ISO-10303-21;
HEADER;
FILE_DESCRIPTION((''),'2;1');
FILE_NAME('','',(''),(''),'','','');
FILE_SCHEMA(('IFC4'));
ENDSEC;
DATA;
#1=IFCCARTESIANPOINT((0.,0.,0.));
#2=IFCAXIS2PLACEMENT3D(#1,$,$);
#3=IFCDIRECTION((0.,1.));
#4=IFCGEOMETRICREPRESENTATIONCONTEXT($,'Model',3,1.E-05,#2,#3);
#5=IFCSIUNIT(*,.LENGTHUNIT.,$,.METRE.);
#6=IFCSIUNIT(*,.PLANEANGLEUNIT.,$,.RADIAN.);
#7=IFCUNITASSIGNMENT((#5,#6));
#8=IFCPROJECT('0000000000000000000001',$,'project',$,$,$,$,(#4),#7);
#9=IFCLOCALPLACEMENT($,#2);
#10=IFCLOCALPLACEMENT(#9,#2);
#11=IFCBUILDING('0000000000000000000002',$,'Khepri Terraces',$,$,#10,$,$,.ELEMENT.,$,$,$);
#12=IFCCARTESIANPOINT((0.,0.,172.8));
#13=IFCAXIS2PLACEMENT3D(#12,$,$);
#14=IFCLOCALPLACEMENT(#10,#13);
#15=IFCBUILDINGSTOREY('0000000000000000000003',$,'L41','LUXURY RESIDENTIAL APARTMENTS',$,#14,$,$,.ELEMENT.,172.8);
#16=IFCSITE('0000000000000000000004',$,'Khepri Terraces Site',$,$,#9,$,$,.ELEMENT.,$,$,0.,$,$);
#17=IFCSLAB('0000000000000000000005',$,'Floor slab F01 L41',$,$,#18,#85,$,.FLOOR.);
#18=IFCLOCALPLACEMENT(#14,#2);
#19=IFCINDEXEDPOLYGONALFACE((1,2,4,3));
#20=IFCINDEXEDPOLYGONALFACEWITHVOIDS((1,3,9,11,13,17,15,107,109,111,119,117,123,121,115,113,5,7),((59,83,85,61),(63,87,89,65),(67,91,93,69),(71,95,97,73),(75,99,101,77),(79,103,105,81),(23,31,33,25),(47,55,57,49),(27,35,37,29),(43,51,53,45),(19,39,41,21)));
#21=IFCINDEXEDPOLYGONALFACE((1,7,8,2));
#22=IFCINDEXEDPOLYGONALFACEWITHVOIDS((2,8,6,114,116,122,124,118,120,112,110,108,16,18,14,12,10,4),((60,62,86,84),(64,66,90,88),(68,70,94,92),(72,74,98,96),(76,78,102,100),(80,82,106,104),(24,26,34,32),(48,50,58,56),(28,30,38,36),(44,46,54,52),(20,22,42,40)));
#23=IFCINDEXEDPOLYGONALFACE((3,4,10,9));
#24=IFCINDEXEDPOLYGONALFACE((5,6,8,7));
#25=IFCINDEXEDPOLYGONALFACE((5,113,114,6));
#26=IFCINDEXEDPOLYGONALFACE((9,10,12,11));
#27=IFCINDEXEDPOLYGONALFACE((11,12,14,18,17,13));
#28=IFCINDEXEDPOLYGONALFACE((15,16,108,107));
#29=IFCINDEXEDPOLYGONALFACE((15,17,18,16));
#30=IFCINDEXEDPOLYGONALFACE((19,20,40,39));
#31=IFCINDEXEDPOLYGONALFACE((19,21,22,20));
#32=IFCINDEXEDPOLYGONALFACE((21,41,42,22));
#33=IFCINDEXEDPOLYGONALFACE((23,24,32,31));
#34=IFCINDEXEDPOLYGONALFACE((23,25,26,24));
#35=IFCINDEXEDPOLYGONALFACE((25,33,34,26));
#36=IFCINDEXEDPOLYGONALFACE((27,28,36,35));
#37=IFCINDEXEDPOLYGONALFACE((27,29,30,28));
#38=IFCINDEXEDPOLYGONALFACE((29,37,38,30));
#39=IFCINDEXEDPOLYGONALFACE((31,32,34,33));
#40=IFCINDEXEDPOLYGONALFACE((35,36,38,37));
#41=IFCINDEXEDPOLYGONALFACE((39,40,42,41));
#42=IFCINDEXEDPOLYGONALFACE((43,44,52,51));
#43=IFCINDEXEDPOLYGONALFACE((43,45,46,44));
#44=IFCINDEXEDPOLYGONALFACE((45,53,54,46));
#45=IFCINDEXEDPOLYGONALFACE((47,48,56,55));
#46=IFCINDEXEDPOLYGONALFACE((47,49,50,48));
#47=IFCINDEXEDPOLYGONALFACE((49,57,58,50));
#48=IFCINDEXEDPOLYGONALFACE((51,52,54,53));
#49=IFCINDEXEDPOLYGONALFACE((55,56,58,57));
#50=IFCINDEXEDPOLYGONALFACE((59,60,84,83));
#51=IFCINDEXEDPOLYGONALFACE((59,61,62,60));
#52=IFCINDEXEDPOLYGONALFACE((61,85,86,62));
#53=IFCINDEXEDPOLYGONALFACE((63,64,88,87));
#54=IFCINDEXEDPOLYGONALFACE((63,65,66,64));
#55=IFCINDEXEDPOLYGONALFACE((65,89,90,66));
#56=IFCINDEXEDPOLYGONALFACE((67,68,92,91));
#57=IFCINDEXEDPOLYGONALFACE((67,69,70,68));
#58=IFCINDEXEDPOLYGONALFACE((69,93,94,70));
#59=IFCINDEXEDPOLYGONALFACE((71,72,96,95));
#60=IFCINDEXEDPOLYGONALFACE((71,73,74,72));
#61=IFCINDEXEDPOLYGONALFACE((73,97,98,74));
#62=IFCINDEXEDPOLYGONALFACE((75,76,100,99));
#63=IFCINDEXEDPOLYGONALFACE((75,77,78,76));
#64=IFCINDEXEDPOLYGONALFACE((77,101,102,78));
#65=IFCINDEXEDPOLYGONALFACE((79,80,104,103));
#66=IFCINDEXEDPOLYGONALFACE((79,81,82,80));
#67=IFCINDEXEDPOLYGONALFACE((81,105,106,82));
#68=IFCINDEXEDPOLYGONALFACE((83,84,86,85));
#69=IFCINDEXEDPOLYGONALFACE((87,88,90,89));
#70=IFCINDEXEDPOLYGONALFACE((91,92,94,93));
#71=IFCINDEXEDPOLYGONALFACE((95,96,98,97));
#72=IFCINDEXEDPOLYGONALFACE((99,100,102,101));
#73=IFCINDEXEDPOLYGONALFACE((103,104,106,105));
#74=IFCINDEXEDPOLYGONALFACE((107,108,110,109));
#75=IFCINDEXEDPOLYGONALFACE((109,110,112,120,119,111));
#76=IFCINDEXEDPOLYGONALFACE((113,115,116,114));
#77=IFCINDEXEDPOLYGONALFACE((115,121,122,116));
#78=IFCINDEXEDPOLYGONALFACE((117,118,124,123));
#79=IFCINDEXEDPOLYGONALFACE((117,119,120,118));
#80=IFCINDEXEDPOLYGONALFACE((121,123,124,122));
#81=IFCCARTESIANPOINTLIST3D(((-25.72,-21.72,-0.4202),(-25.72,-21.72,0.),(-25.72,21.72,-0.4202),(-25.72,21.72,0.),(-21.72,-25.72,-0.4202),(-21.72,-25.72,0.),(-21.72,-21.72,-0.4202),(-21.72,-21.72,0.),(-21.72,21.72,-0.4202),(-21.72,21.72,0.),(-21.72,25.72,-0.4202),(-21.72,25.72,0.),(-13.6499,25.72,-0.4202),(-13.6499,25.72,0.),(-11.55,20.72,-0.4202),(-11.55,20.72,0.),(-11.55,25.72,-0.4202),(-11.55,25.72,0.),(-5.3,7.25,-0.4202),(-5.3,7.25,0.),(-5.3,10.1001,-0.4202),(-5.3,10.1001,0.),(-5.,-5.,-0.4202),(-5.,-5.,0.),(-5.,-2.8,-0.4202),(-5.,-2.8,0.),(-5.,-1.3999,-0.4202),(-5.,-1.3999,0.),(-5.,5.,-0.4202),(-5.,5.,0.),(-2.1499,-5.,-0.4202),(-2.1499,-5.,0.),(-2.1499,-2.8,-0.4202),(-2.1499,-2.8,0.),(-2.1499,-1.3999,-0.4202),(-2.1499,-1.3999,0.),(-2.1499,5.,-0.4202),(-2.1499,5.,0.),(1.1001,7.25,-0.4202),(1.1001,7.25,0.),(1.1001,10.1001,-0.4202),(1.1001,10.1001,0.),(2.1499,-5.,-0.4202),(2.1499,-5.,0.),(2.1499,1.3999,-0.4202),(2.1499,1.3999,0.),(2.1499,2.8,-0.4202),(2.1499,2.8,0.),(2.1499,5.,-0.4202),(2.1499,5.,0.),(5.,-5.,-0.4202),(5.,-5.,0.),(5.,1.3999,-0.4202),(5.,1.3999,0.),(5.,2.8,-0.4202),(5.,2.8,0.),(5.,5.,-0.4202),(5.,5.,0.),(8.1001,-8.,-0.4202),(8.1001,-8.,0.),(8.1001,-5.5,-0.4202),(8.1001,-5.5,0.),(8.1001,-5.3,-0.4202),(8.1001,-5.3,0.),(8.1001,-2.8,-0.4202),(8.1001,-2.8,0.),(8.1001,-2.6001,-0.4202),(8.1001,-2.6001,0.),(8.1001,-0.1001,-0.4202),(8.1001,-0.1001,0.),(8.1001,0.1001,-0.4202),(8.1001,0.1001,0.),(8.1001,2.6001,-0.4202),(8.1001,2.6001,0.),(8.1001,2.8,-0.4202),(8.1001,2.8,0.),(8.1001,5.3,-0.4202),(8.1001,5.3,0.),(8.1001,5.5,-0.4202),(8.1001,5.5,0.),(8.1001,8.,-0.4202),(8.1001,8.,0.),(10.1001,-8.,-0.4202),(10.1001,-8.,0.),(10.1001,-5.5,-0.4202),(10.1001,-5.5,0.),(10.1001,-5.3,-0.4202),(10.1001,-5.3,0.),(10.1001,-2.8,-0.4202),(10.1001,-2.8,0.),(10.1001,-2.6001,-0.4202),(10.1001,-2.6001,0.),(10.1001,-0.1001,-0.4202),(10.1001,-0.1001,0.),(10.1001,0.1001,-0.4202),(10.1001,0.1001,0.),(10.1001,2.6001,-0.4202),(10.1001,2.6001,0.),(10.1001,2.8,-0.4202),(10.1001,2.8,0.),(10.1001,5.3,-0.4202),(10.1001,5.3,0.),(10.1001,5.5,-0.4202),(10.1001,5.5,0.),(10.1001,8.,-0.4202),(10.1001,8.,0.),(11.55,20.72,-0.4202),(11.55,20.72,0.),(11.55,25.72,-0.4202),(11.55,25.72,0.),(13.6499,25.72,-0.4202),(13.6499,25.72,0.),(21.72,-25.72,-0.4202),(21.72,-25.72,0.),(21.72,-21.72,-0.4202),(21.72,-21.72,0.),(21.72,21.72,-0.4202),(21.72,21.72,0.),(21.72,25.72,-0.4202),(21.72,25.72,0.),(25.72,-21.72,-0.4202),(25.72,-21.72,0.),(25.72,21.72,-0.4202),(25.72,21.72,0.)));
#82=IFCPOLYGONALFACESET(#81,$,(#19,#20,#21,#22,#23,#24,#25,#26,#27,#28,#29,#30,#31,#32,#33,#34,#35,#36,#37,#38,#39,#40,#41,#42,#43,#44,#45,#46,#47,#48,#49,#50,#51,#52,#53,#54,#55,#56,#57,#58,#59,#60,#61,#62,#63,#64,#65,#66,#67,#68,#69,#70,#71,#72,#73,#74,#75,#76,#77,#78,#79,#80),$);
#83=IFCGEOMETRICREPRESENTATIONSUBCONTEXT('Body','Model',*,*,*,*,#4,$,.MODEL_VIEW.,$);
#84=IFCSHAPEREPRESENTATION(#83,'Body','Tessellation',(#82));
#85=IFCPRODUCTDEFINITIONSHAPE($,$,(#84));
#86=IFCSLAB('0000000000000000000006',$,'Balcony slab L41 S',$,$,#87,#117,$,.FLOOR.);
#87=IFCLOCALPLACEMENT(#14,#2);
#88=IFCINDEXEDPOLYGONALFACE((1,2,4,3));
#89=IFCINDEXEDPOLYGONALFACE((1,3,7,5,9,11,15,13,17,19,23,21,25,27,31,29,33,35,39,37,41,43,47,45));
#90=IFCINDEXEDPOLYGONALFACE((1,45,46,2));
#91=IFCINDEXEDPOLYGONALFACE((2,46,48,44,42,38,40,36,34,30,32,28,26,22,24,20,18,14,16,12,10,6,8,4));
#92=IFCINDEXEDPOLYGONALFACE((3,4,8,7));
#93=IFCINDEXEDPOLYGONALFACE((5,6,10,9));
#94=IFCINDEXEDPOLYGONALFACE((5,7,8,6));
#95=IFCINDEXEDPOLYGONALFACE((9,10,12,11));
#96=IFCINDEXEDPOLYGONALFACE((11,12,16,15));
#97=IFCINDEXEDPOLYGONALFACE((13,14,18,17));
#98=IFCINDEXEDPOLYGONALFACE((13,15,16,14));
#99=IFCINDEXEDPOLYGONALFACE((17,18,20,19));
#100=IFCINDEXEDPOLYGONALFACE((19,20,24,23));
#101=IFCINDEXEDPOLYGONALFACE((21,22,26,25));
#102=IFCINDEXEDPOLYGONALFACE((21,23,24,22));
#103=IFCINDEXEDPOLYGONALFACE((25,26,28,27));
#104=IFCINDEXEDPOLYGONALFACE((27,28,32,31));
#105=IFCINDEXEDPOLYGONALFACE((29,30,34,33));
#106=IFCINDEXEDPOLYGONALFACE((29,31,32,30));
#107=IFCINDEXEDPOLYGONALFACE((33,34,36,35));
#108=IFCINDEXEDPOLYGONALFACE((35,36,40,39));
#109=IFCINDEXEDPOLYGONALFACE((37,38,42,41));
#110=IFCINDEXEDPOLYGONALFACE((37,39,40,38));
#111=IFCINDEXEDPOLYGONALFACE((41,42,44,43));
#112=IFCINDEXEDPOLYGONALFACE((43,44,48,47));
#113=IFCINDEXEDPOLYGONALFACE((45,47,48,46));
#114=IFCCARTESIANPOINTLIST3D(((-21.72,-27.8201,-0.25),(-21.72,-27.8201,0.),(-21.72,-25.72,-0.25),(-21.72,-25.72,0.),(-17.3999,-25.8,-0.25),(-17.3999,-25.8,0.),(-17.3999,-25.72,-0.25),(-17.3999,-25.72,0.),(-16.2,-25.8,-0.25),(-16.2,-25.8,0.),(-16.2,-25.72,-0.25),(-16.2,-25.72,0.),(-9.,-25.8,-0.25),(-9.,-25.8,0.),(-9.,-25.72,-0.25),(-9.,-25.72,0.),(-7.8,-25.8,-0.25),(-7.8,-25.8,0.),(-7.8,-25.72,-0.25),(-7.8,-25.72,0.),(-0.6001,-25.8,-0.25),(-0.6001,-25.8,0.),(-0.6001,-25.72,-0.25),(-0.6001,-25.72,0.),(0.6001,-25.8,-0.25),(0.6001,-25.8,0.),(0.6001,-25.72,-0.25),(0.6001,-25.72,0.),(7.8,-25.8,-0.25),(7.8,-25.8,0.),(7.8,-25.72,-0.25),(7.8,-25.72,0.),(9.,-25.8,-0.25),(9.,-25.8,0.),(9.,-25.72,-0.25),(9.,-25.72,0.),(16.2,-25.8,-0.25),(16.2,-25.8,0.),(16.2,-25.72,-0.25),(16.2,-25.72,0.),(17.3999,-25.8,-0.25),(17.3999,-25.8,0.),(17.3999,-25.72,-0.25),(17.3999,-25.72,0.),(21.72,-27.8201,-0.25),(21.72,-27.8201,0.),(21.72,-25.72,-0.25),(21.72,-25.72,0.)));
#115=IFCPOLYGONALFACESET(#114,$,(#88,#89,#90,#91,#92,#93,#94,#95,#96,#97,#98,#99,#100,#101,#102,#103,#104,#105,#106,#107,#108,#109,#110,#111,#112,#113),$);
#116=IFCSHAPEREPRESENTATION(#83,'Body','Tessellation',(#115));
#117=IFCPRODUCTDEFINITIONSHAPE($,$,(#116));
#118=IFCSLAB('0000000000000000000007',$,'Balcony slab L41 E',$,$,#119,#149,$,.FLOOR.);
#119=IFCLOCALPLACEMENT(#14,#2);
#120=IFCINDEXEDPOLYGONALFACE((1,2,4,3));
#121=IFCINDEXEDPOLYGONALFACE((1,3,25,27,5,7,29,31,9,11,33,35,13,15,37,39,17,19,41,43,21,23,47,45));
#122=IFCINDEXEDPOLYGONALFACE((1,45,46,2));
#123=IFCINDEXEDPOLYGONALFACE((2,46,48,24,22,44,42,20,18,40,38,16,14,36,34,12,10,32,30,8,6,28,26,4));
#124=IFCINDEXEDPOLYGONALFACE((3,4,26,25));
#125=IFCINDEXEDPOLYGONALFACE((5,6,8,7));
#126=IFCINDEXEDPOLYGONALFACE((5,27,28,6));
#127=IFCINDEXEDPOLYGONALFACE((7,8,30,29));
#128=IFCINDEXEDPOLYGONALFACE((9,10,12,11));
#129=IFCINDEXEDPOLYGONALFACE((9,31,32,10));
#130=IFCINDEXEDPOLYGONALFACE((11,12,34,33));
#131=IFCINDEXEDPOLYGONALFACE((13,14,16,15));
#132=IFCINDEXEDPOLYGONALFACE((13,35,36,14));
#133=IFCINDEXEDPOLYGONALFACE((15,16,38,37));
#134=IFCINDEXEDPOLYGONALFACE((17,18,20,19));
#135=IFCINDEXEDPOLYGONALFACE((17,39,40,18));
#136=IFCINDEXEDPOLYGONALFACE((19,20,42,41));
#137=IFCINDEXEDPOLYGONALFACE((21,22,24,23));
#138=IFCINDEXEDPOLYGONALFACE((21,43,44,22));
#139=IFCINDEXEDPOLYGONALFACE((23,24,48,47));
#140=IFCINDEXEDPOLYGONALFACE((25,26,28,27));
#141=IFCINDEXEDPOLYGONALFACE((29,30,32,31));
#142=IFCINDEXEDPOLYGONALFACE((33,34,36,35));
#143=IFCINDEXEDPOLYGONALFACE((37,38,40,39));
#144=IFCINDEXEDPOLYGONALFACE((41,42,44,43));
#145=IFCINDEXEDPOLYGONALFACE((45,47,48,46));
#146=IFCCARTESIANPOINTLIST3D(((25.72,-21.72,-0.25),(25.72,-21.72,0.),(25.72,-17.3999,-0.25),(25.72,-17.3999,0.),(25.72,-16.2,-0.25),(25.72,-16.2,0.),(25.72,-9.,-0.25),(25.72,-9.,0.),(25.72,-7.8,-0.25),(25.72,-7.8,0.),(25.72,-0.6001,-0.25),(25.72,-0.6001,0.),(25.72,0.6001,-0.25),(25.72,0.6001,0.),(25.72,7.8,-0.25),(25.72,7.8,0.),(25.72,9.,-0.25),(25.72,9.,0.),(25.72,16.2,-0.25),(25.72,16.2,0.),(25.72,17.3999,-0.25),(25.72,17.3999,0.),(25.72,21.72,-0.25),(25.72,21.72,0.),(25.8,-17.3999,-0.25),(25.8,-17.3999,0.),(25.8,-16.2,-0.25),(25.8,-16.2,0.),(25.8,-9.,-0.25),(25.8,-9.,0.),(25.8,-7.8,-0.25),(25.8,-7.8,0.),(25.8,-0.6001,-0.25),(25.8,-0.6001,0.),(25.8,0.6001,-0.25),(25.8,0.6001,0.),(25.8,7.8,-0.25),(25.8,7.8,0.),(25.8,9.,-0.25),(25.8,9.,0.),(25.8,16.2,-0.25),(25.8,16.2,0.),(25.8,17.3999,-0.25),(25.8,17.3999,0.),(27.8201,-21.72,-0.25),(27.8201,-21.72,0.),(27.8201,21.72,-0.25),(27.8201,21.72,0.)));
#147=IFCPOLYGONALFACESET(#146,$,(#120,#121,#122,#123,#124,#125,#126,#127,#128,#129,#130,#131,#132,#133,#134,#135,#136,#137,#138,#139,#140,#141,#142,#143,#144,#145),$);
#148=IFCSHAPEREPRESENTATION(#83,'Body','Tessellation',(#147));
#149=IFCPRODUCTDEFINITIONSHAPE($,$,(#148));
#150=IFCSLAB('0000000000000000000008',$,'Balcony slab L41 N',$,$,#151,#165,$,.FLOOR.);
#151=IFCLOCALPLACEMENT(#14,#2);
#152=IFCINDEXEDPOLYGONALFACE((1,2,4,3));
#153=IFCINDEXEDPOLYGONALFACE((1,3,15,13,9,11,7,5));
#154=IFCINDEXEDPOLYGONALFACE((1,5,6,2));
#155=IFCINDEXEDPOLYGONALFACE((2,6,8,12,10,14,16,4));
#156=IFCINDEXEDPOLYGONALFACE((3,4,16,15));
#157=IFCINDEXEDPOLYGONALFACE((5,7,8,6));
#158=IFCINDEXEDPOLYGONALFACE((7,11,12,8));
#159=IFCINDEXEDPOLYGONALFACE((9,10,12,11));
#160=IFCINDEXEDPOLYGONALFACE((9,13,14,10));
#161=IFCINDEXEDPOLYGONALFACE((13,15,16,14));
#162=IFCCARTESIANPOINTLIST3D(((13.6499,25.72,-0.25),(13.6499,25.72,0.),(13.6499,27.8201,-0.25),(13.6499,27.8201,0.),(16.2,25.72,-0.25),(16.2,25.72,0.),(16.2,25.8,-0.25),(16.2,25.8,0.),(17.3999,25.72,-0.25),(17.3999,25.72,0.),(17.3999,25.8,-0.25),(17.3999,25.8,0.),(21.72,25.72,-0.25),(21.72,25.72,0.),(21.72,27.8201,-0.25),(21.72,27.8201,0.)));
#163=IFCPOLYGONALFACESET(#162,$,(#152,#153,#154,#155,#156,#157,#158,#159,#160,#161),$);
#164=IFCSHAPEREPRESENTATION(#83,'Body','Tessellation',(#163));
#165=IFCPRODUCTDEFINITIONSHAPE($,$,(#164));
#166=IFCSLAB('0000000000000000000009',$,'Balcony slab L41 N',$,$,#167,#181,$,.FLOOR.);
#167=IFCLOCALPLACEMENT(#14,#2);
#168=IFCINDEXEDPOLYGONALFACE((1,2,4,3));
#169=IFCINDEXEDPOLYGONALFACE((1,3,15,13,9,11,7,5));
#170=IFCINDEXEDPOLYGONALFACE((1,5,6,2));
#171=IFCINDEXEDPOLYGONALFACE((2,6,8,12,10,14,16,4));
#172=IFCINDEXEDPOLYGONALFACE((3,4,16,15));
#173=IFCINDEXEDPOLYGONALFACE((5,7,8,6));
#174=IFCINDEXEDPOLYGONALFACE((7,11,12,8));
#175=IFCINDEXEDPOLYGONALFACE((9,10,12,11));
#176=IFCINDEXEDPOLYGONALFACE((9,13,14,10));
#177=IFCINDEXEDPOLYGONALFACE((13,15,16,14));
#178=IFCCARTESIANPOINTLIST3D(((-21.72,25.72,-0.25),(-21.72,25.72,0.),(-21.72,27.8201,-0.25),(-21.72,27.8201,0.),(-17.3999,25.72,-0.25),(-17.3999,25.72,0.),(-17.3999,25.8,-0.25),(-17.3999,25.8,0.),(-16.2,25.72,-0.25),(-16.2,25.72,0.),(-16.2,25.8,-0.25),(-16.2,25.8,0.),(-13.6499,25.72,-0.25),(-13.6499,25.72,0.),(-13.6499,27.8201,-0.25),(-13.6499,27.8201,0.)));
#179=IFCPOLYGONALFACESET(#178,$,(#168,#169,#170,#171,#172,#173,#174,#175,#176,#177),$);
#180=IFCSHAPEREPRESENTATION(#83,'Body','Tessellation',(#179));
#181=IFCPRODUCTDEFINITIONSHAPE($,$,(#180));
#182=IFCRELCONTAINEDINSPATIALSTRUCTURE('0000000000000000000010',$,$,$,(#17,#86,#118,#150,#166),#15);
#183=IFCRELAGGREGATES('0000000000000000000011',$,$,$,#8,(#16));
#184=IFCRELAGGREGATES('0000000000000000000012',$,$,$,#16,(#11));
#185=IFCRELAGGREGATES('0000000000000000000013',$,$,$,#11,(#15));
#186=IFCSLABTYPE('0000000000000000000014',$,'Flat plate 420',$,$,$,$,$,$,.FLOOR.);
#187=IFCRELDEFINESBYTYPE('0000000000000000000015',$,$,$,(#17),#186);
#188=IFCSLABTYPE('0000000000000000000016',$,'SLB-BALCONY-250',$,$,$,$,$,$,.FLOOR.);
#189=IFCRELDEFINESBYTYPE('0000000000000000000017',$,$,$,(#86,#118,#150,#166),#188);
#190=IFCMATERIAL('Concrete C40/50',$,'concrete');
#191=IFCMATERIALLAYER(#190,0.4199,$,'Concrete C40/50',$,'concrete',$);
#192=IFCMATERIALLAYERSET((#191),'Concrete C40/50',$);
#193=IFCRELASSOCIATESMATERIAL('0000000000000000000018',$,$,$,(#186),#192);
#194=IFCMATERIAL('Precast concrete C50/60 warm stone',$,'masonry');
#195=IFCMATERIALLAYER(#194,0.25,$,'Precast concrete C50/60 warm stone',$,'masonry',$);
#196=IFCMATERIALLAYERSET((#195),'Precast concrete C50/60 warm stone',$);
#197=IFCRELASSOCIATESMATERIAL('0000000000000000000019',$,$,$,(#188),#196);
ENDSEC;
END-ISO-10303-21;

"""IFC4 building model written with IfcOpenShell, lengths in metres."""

from ifc_helpers import new_model, si_unit, direction, frame, origin, place, context, subcontext, project, spatial, polyline, outline, extrude, material, layer, layer_set, type_object, element, save


model = new_model("IFC4")

# Units and contexts
model_context = context("Model", 3, precision=1e-05, world=origin(), true_north=direction((0.0, 1.0)))
body_context = subcontext(model_context, "Body", "Model", "MODEL_VIEW")
ifc_project = project(units=[si_unit("LENGTHUNIT", "METRE"), si_unit("PLANEANGLEUNIT", "RADIAN")], contexts=[model_context])

# Site, building, storey
site_placement = place(None, origin())
site = spatial("IfcSite", under=ifc_project, at=site_placement, Name="Khepri Terraces Site", CompositionType="ELEMENT", RefElevation=0.0)
building_placement = place(site_placement, origin())
building = spatial("IfcBuilding", under=site, at=building_placement, Name="Khepri Terraces", CompositionType="ELEMENT")
storey_placement = place(building_placement, frame((0.0, 0.0, 172.8)))
storey = spatial("IfcBuildingStorey", under=building, at=storey_placement, Name="L41", Description="LUXURY RESIDENTIAL APARTMENTS", CompositionType="ELEMENT", Elevation=172.8)

# Slabs
ifc_material_1 = material(Name="Concrete C40/50", Category="concrete")
ifc_layer_1 = layer(ifc_material_1, 0.4199, Name="Concrete C40/50", Category="concrete")
ifc_layer_set_1 = layer_set([ifc_layer_1], Name="Concrete C40/50")
slab_type_1 = type_object("IfcSlabType", Name="Flat plate 420", PredefinedType="FLOOR", material=ifc_layer_set_1)
slab_1_placement = place(storey_placement, frame((0.0, 0.0, -0.4202)))
element("IfcSlab", 1, at=slab_1_placement, inside=storey, type_object=slab_type_1, Name="Floor slab F01 L41", PredefinedType="FLOOR", context=body_context, shape_type="SweptSolid", body=[
    extrude(outline(polyline([(11.55, 25.72), (13.6499, 25.72), (21.72, 25.72), (21.72, 21.72), (25.72, 21.72), (25.72, -21.72), (21.72, -21.72), (21.72, -25.72), (-21.72, -25.72), (-21.72, -21.72), (-25.72, -21.72), (-25.72, 21.72), (-21.72, 21.72), (-21.72, 25.72), (-13.6499, 25.72), (-11.55, 25.72), (-11.55, 20.72), (11.55, 20.72), (11.55, 25.72)]), holes=[polyline([(2.1499, 2.8), (5.0, 2.8), (5.0, 5.0), (2.1499, 5.0), (2.1499, 2.8)]), polyline([(-5.0, -2.8), (-5.0, -5.0), (-2.1499, -5.0), (-2.1499, -2.8), (-5.0, -2.8)]), polyline([(10.1001, -5.5), (8.1001, -5.5), (8.1001, -8.0), (10.1001, -8.0), (10.1001, -5.5)]), polyline([(10.1001, -5.3), (10.1001, -2.8), (8.1001, -2.8), (8.1001, -5.3), (10.1001, -5.3)]), polyline([(8.1001, -2.6001), (10.1001, -2.6001), (10.1001, -0.1001), (8.1001, -0.1001), (8.1001, -2.6001)]), polyline([(8.1001, 2.6001), (8.1001, 0.1001), (10.1001, 0.1001), (10.1001, 2.6001), (8.1001, 2.6001)]), polyline([(10.1001, 5.3), (8.1001, 5.3), (8.1001, 2.8), (10.1001, 2.8), (10.1001, 5.3)]), polyline([(10.1001, 5.5), (10.1001, 8.0), (8.1001, 8.0), (8.1001, 5.5), (10.1001, 5.5)]), polyline([(-5.0, -1.3999), (-2.1499, -1.3999), (-2.1499, 5.0), (-5.0, 5.0), (-5.0, -1.3999)]), polyline([(5.0, -5.0), (5.0, 1.3999), (2.1499, 1.3999), (2.1499, -5.0), (5.0, -5.0)]), polyline([(-5.3, 10.1001), (-5.3, 7.25), (1.1001, 7.25), (1.1001, 10.1001), (-5.3, 10.1001)])]), origin(), (0.0, 0.0, 1.0), 0.4202),
])
ifc_material_2 = material(Name="Precast concrete C50/60 warm stone", Category="masonry")
ifc_layer_2 = layer(ifc_material_2, 0.25, Name="Precast concrete C50/60 warm stone", Category="masonry")
ifc_layer_set_2 = layer_set([ifc_layer_2], Name="Precast concrete C50/60 warm stone")
slab_type_2 = type_object("IfcSlabType", Name="SLB-BALCONY-250", PredefinedType="FLOOR", material=ifc_layer_set_2)
slab_2_placement = place(storey_placement, frame((0.0, 0.0, -0.25)))
element("IfcSlab", 2, at=slab_2_placement, inside=storey, type_object=slab_type_2, Name="Balcony slab L41 S", PredefinedType="FLOOR", context=body_context, shape_type="SweptSolid", body=[
    extrude(outline(polyline([(-17.3999, -25.72), (-21.72, -25.72), (-21.72, -27.8201), (21.72, -27.8201), (21.72, -25.72), (17.3999, -25.72), (17.3999, -25.8), (16.2, -25.8), (16.2, -25.72), (9.0, -25.72), (9.0, -25.8), (7.8, -25.8), (7.8, -25.72), (0.6001, -25.72), (0.6001, -25.8), (-0.6001, -25.8), (-0.6001, -25.72), (-7.8, -25.72), (-7.8, -25.8), (-9.0, -25.8), (-9.0, -25.72), (-16.2, -25.72), (-16.2, -25.8), (-17.3999, -25.8), (-17.3999, -25.72)])), origin(), (0.0, 0.0, 1.0), 0.25),
])
slab_3_placement = place(storey_placement, frame((0.0, 0.0, -0.25)))
element("IfcSlab", 3, at=slab_3_placement, inside=storey, type_object=slab_type_2, Name="Balcony slab L41 E", PredefinedType="FLOOR", context=body_context, shape_type="SweptSolid", body=[
    extrude(outline(polyline([(25.72, -17.3999), (25.72, -21.72), (27.8201, -21.72), (27.8201, 21.72), (25.72, 21.72), (25.72, 17.3999), (25.8, 17.3999), (25.8, 16.2), (25.72, 16.2), (25.72, 9.0), (25.8, 9.0), (25.8, 7.8), (25.72, 7.8), (25.72, 0.6001), (25.8, 0.6001), (25.8, -0.6001), (25.72, -0.6001), (25.72, -7.8), (25.8, -7.8), (25.8, -9.0), (25.72, -9.0), (25.72, -16.2), (25.8, -16.2), (25.8, -17.3999), (25.72, -17.3999)])), origin(), (0.0, 0.0, 1.0), 0.25),
])
slab_4_placement = place(storey_placement, frame((0.0, 0.0, -0.25)))
element("IfcSlab", 4, at=slab_4_placement, inside=storey, type_object=slab_type_2, Name="Balcony slab L41 N", PredefinedType="FLOOR", context=body_context, shape_type="SweptSolid", body=[
    extrude(outline(polyline([(17.3999, 25.72), (21.72, 25.72), (21.72, 27.8201), (13.6499, 27.8201), (13.6499, 25.72), (16.2, 25.72), (16.2, 25.8), (17.3999, 25.8), (17.3999, 25.72)])), origin(), (0.0, 0.0, 1.0), 0.25),
])
slab_5_placement = place(storey_placement, frame((0.0, 0.0, -0.25)))
element("IfcSlab", 5, at=slab_5_placement, inside=storey, type_object=slab_type_2, Name="Balcony slab L41 N", PredefinedType="FLOOR", context=body_context, shape_type="SweptSolid", body=[
    extrude(outline(polyline([(-16.2, 25.72), (-13.6499, 25.72), (-13.6499, 27.8201), (-21.72, 27.8201), (-21.72, 25.72), (-17.3999, 25.72), (-17.3999, 25.8), (-16.2, 25.8), (-16.2, 25.72)])), origin(), (0.0, 0.0, 1.0), 0.25),
])

save(model, "model.ifc")
